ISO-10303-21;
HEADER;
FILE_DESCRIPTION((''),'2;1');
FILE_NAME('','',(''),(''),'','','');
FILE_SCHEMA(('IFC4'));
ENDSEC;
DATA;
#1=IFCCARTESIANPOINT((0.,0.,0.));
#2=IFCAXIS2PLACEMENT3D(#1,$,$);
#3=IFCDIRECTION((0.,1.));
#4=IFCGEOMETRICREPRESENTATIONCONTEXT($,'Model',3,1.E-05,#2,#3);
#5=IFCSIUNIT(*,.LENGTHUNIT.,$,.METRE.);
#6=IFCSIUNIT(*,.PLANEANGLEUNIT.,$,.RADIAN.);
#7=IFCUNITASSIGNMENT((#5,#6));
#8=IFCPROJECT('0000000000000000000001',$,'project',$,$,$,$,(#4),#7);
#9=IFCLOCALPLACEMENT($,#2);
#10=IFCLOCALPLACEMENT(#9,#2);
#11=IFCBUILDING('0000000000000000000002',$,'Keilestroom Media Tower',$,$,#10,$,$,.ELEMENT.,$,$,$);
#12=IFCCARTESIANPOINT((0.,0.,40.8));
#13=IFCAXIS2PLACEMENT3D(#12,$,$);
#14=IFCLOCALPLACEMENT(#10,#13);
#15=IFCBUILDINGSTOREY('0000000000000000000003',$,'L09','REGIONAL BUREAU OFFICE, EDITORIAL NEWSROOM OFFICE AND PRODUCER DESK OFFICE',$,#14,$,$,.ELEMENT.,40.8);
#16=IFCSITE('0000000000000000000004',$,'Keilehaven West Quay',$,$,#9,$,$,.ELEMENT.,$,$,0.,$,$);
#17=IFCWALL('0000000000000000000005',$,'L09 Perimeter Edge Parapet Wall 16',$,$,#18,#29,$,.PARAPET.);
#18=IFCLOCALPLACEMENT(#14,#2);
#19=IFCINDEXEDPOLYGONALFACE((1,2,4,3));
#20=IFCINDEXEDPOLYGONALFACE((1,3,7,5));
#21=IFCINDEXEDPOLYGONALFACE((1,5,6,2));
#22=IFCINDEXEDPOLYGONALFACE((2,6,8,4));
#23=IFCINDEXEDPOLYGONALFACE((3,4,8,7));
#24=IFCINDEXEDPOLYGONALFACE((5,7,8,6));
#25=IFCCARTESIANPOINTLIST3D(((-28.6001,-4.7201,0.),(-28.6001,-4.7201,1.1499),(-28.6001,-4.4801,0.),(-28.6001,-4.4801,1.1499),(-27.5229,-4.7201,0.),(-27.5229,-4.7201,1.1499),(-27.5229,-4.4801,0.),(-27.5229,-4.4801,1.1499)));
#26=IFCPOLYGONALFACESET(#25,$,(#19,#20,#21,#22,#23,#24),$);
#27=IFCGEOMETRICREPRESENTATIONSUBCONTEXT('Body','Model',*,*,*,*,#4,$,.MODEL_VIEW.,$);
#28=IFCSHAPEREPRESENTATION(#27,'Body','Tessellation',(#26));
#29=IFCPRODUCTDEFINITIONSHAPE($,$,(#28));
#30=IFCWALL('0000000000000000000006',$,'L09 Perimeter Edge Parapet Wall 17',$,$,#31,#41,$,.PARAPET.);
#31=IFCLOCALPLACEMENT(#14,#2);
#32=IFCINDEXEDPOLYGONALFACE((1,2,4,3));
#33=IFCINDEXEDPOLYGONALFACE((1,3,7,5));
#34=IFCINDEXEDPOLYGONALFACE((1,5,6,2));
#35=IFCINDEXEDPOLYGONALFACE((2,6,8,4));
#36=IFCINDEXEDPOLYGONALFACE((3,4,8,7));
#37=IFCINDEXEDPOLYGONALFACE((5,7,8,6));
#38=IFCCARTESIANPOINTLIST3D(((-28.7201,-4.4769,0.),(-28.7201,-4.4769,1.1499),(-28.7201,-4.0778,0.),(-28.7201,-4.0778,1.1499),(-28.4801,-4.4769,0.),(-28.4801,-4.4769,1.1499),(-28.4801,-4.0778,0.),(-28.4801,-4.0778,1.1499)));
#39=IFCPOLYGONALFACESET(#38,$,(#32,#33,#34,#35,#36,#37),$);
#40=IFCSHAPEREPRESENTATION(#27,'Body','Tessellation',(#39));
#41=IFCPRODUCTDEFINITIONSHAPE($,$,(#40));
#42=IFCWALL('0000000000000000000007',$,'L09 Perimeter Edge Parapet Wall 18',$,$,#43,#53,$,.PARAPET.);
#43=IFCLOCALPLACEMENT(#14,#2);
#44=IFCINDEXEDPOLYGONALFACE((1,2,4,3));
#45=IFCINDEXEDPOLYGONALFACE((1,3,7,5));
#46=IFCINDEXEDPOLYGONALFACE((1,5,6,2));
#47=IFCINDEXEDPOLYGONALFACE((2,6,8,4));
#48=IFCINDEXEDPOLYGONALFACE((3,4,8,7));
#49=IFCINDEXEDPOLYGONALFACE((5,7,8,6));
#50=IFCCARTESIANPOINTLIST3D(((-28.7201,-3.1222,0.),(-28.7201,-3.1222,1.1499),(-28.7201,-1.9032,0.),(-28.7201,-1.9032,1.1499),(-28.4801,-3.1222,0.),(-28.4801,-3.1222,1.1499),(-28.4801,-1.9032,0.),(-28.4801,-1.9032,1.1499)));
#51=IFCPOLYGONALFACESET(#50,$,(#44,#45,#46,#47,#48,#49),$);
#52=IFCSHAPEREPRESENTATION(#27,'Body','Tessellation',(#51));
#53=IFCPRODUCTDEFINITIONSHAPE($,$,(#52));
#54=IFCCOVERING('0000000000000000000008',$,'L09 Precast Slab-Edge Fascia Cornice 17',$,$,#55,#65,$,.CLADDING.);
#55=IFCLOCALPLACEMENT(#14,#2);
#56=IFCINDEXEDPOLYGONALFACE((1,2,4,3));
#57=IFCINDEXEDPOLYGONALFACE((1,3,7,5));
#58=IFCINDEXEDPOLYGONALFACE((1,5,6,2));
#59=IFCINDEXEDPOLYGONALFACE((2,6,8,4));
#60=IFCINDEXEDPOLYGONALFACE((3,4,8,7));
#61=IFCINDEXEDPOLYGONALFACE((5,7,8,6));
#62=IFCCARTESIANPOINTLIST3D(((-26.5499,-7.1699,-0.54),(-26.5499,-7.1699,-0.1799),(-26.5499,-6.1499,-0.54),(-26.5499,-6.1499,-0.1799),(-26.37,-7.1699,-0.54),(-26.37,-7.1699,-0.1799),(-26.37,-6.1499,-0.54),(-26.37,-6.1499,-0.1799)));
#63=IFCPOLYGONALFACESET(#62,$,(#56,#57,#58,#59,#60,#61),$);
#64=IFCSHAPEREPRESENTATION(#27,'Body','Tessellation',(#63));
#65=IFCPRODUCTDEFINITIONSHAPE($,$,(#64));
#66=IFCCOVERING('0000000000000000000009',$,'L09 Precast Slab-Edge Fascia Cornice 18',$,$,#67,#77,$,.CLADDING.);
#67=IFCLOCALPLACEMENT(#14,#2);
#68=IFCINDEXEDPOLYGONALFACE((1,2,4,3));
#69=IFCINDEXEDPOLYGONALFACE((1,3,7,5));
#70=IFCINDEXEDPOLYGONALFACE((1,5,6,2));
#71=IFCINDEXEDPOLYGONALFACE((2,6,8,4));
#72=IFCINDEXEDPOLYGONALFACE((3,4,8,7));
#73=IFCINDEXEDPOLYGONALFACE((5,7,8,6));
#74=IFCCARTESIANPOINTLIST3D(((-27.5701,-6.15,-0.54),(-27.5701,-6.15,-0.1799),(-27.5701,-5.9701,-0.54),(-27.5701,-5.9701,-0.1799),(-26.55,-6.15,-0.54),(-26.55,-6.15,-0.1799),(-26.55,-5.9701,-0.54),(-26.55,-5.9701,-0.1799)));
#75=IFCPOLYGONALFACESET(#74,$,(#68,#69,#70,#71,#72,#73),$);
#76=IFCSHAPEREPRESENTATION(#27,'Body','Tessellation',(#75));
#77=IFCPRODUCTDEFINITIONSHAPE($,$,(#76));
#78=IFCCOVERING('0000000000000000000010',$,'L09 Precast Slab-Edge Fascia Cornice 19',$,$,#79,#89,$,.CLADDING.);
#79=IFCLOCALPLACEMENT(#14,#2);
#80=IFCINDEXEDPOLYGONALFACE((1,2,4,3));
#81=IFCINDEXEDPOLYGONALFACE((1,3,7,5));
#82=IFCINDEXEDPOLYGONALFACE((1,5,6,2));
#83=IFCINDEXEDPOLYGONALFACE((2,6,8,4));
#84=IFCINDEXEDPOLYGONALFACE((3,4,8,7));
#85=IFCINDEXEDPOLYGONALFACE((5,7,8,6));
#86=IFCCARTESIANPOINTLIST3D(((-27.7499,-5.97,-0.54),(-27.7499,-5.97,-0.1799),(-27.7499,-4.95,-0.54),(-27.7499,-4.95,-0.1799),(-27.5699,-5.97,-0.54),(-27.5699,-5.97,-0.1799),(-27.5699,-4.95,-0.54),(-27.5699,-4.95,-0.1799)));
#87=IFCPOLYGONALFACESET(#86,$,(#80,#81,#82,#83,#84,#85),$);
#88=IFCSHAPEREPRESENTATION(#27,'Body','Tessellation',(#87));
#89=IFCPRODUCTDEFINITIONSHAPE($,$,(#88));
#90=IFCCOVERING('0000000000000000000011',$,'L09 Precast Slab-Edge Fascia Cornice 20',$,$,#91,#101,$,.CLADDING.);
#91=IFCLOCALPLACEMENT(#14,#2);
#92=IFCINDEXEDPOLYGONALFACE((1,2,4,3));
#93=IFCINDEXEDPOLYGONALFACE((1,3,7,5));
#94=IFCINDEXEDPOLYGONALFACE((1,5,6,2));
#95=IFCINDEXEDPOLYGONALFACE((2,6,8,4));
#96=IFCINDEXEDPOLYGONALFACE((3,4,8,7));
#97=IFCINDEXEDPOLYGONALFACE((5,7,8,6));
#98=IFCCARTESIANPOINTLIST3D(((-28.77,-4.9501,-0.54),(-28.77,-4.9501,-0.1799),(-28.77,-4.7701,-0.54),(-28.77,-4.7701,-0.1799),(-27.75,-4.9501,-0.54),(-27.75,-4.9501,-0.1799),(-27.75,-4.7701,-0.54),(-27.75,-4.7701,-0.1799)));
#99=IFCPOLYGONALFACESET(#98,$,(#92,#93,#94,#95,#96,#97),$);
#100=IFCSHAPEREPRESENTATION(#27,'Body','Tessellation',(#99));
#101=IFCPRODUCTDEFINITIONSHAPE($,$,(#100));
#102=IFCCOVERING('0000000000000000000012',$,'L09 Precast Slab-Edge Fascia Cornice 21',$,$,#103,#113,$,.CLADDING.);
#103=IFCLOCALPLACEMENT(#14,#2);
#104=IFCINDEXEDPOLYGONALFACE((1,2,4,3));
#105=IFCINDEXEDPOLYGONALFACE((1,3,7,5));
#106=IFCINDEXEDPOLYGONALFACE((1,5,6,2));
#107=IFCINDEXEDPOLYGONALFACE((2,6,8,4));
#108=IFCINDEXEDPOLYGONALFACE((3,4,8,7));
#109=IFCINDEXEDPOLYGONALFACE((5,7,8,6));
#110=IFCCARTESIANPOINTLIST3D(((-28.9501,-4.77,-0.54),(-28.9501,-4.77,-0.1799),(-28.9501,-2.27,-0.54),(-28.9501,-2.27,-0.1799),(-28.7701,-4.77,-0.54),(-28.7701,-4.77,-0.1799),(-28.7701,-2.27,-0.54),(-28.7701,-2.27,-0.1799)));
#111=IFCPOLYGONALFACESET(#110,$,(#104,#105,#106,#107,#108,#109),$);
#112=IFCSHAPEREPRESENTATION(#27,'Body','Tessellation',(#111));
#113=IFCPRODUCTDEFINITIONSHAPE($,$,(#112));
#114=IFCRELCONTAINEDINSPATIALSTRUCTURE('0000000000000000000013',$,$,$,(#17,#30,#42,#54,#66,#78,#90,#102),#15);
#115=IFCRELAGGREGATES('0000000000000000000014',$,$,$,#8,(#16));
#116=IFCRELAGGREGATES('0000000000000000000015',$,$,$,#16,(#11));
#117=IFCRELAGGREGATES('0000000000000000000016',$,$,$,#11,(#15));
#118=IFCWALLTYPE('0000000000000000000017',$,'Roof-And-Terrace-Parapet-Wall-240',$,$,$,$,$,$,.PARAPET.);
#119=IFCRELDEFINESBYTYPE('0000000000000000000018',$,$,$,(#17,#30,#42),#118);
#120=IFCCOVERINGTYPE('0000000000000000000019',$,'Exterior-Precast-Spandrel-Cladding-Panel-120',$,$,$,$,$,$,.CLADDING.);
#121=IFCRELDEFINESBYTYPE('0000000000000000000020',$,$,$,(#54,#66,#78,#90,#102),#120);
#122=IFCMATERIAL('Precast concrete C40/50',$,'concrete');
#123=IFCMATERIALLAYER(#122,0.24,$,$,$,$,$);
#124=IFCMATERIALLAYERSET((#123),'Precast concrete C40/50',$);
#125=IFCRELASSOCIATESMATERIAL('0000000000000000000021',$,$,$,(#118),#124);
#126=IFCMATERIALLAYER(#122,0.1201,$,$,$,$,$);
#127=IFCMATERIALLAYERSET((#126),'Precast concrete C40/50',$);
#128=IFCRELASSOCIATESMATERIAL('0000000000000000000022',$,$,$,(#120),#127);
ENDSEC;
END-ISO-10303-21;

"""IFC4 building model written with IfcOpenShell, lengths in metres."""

from ifc_helpers import new_model, si_unit, direction, frame, frame_2d, origin, origin_2d, place, context, subcontext, project, spatial, rectangle, extrude, source, transform, mapped, material, layer, layer_set, type_object, element, save


model = new_model("IFC4")

# Units and contexts
model_context = context("Model", 3, precision=1e-05, world=origin(), true_north=direction((0.0, 1.0)))
body_context = subcontext(model_context, "Body", "Model", "MODEL_VIEW")
ifc_project = project(units=[si_unit("LENGTHUNIT", "METRE"), si_unit("PLANEANGLEUNIT", "RADIAN")], contexts=[model_context])

# Site, building, storey
site_placement = place(None, origin())
site = spatial("IfcSite", under=ifc_project, at=site_placement, Name="Keilehaven West Quay", CompositionType="ELEMENT", RefElevation=0.0)
building_placement = place(site_placement, origin())
building = spatial("IfcBuilding", under=site, at=building_placement, Name="Keilestroom Media Tower", CompositionType="ELEMENT")
storey_placement = place(building_placement, frame((0.0, 0.0, 40.8)))
storey = spatial("IfcBuildingStorey", under=building, at=storey_placement, Name="L09", Description="REGIONAL BUREAU OFFICE, EDITORIAL NEWSROOM OFFICE AND PRODUCER DESK OFFICE", CompositionType="ELEMENT", Elevation=40.8)

# Shared definitions
ifc_material_1 = material(Name="Precast concrete C40/50", Category="concrete")

# Walls
ifc_layer_1 = layer(ifc_material_1, 0.24)
ifc_layer_set_1 = layer_set([ifc_layer_1], Name="Precast concrete C40/50")
wall_type_1 = type_object("IfcWallType", Name="Roof-And-Terrace-Parapet-Wall-240", PredefinedType="PARAPET", material=ifc_layer_set_1)
wall_1_placement = place(storey_placement, frame((-27.5229, -4.6001, 0.0), z_axis=(0.0, 0.0, 1.0), x_axis=(-1.0, 0.0, 0.0)))
element("IfcWall", 1, at=wall_1_placement, inside=storey, type_object=wall_type_1, Name="L09 Perimeter Edge Parapet Wall 16", PredefinedType="PARAPET", context=body_context, shape_type="SweptSolid", body=[
    extrude(rectangle(XDim=1.0771, YDim=0.24, at=frame_2d((0.5386, 0.0))), origin(), (0.0, 0.0, 1.0), 1.1499),
])
wall_2_placement = place(storey_placement, frame((-28.6001, -4.4771, 0.0), z_axis=(0.0, 0.0, 1.0), x_axis=(0.0, 1.0, 0.0)))
element("IfcWall", 2, at=wall_2_placement, inside=storey, type_object=wall_type_1, Name="L09 Perimeter Edge Parapet Wall 17", PredefinedType="PARAPET", context=body_context, shape_type="SweptSolid", body=[
    extrude(rectangle(XDim=0.3992, YDim=0.24, at=frame_2d((0.1997, 0.0))), origin(), (0.0, 0.0, 1.0), 1.1499),
])
wall_3_placement = place(storey_placement, frame((-28.6001, -3.1221, 0.0), z_axis=(0.0, 0.0, 1.0), x_axis=(0.0, 1.0, 0.0)))
element("IfcWall", 3, at=wall_3_placement, inside=storey, type_object=wall_type_1, Name="L09 Perimeter Edge Parapet Wall 18", PredefinedType="PARAPET", context=body_context, shape_type="SweptSolid", body=[
    extrude(rectangle(XDim=1.219, YDim=0.24, at=frame_2d((0.6094, 0.0))), origin(), (0.0, 0.0, 1.0), 1.1499),
])

# Coverings
ifc_layer_2 = layer(ifc_material_1, 0.1201)
ifc_layer_set_2 = layer_set([ifc_layer_2], Name="Precast concrete C40/50")
covering_type = type_object("IfcCoveringType", Name="Exterior-Precast-Spandrel-Cladding-Panel-120", PredefinedType="CLADDING", material=ifc_layer_set_2)
shared_shape_1 = source(origin(), body_context, "Body", "SweptSolid", [
    extrude(rectangle(XDim=1.02, YDim=0.1799, at=origin_2d()), origin(), (0.0, 0.0, 1.0), 0.3601),
])
for number, where, z_axis, x_axis, name in (
    (4, (-26.46, -6.6599, -0.54), (0.0, 0.0, 1.0), (0.0, 1.0, 0.0), "L09 Precast Slab-Edge Fascia Cornice 17"),
    (5, (-27.0601, -6.0601, -0.54), (0.0, 0.0, 1.0), (-1.0, 0.0, 0.0), "L09 Precast Slab-Edge Fascia Cornice 18"),
    (6, (-27.6599, -5.46, -0.54), (0.0, 0.0, 1.0), (0.0, 1.0, 0.0), "L09 Precast Slab-Edge Fascia Cornice 19"),
    (7, (-28.26, -4.8601, -0.54), (0.0, 0.0, 1.0), (-1.0, 0.0, 0.0), "L09 Precast Slab-Edge Fascia Cornice 20"),
):
    element("IfcCovering", number, at=place(storey_placement, frame(where, z_axis=z_axis, x_axis=x_axis)), inside=storey, type_object=covering_type, Name=name, PredefinedType="CLADDING", context=body_context, shape_type="MappedRepresentation", body=[
        mapped(shared_shape_1, transform((0.0, 0.0, 0.0), x_axis=(1.0, 0.0, 0.0), y_axis=(0.0, 1.0, 0.0), z_axis=(0.0, 0.0, 1.0), scale=1.0)),
    ])
shared_shape_2 = source(origin(), body_context, "Body", "SweptSolid", [
    extrude(rectangle(XDim=2.5, YDim=0.1799, at=origin_2d()), origin(), (0.0, 0.0, 1.0), 0.3601),
])
covering_placement = place(storey_placement, frame((-28.8601, -3.52, -0.54), z_axis=(0.0, 0.0, 1.0), x_axis=(0.0, 1.0, 0.0)))
element("IfcCovering", 8, at=covering_placement, inside=storey, type_object=covering_type, Name="L09 Precast Slab-Edge Fascia Cornice 21", PredefinedType="CLADDING", context=body_context, shape_type="MappedRepresentation", body=[
    mapped(shared_shape_2, transform((0.0, 0.0, 0.0), x_axis=(1.0, 0.0, 0.0), y_axis=(0.0, 1.0, 0.0), z_axis=(0.0, 0.0, 1.0), scale=1.0)),
])

save(model, "model.ifc")
